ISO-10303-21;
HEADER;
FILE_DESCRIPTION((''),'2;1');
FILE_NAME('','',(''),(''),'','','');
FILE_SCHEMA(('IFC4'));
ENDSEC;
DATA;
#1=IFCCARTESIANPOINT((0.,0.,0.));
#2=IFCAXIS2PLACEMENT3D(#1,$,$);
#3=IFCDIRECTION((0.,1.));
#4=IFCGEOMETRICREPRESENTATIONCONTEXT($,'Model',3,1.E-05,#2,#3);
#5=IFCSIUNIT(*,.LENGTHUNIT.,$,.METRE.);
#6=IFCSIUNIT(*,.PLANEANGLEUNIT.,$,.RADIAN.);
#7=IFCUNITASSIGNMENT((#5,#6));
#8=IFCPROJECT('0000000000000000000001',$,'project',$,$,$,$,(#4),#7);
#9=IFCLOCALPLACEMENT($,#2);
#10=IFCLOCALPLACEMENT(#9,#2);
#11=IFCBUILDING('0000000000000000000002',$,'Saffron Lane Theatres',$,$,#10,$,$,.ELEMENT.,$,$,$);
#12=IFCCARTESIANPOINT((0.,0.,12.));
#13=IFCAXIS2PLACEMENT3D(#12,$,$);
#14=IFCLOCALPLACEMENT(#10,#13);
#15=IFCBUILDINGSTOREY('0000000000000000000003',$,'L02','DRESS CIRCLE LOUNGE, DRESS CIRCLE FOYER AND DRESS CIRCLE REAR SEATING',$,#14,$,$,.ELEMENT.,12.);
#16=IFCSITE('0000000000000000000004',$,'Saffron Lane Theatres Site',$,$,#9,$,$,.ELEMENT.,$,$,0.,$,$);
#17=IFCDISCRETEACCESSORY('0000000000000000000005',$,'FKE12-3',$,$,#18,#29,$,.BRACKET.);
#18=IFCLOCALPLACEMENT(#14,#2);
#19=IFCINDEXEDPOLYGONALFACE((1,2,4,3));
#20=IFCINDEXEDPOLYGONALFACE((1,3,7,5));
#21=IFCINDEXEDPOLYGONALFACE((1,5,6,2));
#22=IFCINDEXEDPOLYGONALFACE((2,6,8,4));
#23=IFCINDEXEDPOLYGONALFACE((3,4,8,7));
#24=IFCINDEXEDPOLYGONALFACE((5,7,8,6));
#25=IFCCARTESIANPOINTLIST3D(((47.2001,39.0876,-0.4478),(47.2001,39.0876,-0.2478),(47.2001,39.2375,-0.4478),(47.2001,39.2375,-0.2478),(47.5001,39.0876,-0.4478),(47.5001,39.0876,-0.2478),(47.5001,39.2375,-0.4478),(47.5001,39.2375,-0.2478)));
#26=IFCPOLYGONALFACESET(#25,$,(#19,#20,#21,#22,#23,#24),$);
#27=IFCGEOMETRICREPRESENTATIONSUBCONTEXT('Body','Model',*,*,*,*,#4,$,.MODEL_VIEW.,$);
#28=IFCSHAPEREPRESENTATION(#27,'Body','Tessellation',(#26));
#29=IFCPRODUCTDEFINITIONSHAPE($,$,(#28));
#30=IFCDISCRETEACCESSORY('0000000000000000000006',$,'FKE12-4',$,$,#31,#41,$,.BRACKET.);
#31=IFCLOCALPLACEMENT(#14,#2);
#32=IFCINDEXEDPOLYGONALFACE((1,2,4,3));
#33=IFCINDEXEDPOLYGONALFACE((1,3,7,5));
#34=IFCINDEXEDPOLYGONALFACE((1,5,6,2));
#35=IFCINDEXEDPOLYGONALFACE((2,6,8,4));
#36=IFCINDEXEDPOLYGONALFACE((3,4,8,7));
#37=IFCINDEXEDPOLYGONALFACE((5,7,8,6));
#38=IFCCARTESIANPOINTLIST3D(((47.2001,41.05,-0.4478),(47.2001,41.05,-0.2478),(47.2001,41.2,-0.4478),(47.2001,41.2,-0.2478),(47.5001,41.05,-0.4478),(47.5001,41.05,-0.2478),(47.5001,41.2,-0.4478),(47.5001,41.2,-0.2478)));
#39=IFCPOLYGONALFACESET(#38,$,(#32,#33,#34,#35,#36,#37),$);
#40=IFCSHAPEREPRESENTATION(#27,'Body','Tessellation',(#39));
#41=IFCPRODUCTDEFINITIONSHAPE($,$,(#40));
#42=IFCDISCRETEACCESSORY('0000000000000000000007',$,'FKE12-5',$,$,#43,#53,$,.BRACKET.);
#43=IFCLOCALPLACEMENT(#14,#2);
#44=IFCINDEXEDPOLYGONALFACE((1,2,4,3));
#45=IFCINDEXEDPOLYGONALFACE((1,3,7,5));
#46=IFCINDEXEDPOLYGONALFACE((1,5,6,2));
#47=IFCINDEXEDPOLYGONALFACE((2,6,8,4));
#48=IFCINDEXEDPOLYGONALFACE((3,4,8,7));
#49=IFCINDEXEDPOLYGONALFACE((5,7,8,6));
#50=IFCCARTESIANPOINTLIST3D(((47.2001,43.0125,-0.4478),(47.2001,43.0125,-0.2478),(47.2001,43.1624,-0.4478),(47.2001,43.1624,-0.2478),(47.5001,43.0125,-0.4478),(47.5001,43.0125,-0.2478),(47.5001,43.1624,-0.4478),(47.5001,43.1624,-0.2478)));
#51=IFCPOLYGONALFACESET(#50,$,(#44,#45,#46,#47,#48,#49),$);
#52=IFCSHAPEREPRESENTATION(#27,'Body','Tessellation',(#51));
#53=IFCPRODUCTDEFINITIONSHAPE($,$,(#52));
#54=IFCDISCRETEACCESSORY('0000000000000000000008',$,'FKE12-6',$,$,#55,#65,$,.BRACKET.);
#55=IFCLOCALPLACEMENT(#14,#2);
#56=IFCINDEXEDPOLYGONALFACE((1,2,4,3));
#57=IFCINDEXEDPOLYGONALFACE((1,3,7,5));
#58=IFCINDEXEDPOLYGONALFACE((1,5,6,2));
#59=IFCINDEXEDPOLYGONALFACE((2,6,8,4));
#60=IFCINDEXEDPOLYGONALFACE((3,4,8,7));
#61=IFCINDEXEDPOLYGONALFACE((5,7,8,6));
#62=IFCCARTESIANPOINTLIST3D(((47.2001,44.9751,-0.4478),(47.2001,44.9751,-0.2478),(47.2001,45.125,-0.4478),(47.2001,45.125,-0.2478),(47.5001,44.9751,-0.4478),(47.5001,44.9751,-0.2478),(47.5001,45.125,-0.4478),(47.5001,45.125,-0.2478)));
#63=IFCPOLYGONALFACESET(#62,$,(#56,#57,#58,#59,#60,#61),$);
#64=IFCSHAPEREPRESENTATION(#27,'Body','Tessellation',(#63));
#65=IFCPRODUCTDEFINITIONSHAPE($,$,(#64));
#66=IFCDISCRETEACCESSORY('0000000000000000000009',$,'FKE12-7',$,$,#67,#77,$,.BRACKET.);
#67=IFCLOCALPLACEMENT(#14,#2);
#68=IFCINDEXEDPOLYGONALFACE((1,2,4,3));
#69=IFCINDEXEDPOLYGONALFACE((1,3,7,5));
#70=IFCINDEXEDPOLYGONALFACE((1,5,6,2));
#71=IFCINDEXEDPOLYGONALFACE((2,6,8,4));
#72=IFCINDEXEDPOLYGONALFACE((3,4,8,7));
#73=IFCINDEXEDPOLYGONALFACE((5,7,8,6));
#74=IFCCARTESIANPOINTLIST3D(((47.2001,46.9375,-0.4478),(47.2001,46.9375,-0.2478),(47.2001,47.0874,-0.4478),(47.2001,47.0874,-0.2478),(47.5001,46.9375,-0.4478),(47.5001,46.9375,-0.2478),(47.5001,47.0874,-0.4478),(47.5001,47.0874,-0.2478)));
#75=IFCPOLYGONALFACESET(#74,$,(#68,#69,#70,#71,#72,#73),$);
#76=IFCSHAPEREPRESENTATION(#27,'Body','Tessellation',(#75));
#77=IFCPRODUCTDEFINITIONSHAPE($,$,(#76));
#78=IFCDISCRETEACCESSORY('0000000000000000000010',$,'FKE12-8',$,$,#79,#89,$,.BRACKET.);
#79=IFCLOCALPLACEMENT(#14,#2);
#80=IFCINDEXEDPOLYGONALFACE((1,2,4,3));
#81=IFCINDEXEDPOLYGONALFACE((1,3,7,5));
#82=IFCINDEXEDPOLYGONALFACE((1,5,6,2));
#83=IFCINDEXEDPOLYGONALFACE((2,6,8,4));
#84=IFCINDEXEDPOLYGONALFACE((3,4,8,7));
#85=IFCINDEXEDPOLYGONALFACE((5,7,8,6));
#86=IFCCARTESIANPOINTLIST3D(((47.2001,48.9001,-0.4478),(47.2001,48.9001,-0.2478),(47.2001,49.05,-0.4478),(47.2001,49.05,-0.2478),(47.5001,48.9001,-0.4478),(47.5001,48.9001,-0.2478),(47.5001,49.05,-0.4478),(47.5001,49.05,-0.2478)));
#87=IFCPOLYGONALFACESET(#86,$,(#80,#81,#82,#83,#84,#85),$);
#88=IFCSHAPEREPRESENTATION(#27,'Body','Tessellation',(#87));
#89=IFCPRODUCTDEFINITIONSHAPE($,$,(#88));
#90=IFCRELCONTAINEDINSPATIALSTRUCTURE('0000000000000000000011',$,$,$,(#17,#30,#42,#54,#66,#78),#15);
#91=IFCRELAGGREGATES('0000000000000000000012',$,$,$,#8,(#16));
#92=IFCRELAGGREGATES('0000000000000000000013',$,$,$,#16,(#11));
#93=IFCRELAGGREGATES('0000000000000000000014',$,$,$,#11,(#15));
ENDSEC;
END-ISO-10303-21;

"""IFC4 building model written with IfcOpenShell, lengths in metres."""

from ifc_helpers import new_model, si_unit, direction, frame, origin, origin_2d, place, context, subcontext, project, spatial, rectangle, extrude, element, save


model = new_model("IFC4")

# Units and contexts
model_context = context("Model", 3, precision=1e-05, world=origin(), true_north=direction((0.0, 1.0)))
body_context = subcontext(model_context, "Body", "Model", "MODEL_VIEW")
ifc_project = project(units=[si_unit("LENGTHUNIT", "METRE"), si_unit("PLANEANGLEUNIT", "RADIAN")], contexts=[model_context])

# Site, building, storey
site_placement = place(None, origin())
site = spatial("IfcSite", under=ifc_project, at=site_placement, Name="Saffron Lane Theatres Site", CompositionType="ELEMENT", RefElevation=0.0)
building_placement = place(site_placement, origin())
building = spatial("IfcBuilding", under=site, at=building_placement, Name="Saffron Lane Theatres", CompositionType="ELEMENT")
storey_placement = place(building_placement, frame((0.0, 0.0, 12.0)))
storey = spatial("IfcBuildingStorey", under=building, at=storey_placement, Name="L02", Description="DRESS CIRCLE LOUNGE, DRESS CIRCLE FOYER AND DRESS CIRCLE REAR SEATING", CompositionType="ELEMENT", Elevation=12.0)

# Discrete accessories
for number, where, z_axis, x_axis, name in (
    (1, (47.3501, 39.1626, -0.4478), (0.0, 0.0, 1.0), (1.0, 0.0, 0.0), "FKE12-3"),
    (2, (47.3501, 41.125, -0.4478), (0.0, 0.0, 1.0), (1.0, 0.0, 0.0), "FKE12-4"),
    (3, (47.3501, 43.0874, -0.4478), (0.0, 0.0, 1.0), (1.0, 0.0, 0.0), "FKE12-5"),
    (4, (47.3501, 45.05, -0.4478), (0.0, 0.0, 1.0), (1.0, 0.0, 0.0), "FKE12-6"),
    (5, (47.3501, 47.0125, -0.4478), (0.0, 0.0, 1.0), (1.0, 0.0, 0.0), "FKE12-7"),
    (6, (47.3501, 48.9751, -0.4478), (0.0, 0.0, 1.0), (1.0, 0.0, 0.0), "FKE12-8"),
):
    element("IfcDiscreteAccessory", number, at=place(storey_placement, frame(where, z_axis=z_axis, x_axis=x_axis)), inside=storey, Name=name, PredefinedType="BRACKET", context=body_context, shape_type="SweptSolid", body=[
        extrude(rectangle(XDim=0.3, YDim=0.1499, at=origin_2d()), origin(), (0.0, 0.0, 1.0), 0.2),
    ])

save(model, "model.ifc")
